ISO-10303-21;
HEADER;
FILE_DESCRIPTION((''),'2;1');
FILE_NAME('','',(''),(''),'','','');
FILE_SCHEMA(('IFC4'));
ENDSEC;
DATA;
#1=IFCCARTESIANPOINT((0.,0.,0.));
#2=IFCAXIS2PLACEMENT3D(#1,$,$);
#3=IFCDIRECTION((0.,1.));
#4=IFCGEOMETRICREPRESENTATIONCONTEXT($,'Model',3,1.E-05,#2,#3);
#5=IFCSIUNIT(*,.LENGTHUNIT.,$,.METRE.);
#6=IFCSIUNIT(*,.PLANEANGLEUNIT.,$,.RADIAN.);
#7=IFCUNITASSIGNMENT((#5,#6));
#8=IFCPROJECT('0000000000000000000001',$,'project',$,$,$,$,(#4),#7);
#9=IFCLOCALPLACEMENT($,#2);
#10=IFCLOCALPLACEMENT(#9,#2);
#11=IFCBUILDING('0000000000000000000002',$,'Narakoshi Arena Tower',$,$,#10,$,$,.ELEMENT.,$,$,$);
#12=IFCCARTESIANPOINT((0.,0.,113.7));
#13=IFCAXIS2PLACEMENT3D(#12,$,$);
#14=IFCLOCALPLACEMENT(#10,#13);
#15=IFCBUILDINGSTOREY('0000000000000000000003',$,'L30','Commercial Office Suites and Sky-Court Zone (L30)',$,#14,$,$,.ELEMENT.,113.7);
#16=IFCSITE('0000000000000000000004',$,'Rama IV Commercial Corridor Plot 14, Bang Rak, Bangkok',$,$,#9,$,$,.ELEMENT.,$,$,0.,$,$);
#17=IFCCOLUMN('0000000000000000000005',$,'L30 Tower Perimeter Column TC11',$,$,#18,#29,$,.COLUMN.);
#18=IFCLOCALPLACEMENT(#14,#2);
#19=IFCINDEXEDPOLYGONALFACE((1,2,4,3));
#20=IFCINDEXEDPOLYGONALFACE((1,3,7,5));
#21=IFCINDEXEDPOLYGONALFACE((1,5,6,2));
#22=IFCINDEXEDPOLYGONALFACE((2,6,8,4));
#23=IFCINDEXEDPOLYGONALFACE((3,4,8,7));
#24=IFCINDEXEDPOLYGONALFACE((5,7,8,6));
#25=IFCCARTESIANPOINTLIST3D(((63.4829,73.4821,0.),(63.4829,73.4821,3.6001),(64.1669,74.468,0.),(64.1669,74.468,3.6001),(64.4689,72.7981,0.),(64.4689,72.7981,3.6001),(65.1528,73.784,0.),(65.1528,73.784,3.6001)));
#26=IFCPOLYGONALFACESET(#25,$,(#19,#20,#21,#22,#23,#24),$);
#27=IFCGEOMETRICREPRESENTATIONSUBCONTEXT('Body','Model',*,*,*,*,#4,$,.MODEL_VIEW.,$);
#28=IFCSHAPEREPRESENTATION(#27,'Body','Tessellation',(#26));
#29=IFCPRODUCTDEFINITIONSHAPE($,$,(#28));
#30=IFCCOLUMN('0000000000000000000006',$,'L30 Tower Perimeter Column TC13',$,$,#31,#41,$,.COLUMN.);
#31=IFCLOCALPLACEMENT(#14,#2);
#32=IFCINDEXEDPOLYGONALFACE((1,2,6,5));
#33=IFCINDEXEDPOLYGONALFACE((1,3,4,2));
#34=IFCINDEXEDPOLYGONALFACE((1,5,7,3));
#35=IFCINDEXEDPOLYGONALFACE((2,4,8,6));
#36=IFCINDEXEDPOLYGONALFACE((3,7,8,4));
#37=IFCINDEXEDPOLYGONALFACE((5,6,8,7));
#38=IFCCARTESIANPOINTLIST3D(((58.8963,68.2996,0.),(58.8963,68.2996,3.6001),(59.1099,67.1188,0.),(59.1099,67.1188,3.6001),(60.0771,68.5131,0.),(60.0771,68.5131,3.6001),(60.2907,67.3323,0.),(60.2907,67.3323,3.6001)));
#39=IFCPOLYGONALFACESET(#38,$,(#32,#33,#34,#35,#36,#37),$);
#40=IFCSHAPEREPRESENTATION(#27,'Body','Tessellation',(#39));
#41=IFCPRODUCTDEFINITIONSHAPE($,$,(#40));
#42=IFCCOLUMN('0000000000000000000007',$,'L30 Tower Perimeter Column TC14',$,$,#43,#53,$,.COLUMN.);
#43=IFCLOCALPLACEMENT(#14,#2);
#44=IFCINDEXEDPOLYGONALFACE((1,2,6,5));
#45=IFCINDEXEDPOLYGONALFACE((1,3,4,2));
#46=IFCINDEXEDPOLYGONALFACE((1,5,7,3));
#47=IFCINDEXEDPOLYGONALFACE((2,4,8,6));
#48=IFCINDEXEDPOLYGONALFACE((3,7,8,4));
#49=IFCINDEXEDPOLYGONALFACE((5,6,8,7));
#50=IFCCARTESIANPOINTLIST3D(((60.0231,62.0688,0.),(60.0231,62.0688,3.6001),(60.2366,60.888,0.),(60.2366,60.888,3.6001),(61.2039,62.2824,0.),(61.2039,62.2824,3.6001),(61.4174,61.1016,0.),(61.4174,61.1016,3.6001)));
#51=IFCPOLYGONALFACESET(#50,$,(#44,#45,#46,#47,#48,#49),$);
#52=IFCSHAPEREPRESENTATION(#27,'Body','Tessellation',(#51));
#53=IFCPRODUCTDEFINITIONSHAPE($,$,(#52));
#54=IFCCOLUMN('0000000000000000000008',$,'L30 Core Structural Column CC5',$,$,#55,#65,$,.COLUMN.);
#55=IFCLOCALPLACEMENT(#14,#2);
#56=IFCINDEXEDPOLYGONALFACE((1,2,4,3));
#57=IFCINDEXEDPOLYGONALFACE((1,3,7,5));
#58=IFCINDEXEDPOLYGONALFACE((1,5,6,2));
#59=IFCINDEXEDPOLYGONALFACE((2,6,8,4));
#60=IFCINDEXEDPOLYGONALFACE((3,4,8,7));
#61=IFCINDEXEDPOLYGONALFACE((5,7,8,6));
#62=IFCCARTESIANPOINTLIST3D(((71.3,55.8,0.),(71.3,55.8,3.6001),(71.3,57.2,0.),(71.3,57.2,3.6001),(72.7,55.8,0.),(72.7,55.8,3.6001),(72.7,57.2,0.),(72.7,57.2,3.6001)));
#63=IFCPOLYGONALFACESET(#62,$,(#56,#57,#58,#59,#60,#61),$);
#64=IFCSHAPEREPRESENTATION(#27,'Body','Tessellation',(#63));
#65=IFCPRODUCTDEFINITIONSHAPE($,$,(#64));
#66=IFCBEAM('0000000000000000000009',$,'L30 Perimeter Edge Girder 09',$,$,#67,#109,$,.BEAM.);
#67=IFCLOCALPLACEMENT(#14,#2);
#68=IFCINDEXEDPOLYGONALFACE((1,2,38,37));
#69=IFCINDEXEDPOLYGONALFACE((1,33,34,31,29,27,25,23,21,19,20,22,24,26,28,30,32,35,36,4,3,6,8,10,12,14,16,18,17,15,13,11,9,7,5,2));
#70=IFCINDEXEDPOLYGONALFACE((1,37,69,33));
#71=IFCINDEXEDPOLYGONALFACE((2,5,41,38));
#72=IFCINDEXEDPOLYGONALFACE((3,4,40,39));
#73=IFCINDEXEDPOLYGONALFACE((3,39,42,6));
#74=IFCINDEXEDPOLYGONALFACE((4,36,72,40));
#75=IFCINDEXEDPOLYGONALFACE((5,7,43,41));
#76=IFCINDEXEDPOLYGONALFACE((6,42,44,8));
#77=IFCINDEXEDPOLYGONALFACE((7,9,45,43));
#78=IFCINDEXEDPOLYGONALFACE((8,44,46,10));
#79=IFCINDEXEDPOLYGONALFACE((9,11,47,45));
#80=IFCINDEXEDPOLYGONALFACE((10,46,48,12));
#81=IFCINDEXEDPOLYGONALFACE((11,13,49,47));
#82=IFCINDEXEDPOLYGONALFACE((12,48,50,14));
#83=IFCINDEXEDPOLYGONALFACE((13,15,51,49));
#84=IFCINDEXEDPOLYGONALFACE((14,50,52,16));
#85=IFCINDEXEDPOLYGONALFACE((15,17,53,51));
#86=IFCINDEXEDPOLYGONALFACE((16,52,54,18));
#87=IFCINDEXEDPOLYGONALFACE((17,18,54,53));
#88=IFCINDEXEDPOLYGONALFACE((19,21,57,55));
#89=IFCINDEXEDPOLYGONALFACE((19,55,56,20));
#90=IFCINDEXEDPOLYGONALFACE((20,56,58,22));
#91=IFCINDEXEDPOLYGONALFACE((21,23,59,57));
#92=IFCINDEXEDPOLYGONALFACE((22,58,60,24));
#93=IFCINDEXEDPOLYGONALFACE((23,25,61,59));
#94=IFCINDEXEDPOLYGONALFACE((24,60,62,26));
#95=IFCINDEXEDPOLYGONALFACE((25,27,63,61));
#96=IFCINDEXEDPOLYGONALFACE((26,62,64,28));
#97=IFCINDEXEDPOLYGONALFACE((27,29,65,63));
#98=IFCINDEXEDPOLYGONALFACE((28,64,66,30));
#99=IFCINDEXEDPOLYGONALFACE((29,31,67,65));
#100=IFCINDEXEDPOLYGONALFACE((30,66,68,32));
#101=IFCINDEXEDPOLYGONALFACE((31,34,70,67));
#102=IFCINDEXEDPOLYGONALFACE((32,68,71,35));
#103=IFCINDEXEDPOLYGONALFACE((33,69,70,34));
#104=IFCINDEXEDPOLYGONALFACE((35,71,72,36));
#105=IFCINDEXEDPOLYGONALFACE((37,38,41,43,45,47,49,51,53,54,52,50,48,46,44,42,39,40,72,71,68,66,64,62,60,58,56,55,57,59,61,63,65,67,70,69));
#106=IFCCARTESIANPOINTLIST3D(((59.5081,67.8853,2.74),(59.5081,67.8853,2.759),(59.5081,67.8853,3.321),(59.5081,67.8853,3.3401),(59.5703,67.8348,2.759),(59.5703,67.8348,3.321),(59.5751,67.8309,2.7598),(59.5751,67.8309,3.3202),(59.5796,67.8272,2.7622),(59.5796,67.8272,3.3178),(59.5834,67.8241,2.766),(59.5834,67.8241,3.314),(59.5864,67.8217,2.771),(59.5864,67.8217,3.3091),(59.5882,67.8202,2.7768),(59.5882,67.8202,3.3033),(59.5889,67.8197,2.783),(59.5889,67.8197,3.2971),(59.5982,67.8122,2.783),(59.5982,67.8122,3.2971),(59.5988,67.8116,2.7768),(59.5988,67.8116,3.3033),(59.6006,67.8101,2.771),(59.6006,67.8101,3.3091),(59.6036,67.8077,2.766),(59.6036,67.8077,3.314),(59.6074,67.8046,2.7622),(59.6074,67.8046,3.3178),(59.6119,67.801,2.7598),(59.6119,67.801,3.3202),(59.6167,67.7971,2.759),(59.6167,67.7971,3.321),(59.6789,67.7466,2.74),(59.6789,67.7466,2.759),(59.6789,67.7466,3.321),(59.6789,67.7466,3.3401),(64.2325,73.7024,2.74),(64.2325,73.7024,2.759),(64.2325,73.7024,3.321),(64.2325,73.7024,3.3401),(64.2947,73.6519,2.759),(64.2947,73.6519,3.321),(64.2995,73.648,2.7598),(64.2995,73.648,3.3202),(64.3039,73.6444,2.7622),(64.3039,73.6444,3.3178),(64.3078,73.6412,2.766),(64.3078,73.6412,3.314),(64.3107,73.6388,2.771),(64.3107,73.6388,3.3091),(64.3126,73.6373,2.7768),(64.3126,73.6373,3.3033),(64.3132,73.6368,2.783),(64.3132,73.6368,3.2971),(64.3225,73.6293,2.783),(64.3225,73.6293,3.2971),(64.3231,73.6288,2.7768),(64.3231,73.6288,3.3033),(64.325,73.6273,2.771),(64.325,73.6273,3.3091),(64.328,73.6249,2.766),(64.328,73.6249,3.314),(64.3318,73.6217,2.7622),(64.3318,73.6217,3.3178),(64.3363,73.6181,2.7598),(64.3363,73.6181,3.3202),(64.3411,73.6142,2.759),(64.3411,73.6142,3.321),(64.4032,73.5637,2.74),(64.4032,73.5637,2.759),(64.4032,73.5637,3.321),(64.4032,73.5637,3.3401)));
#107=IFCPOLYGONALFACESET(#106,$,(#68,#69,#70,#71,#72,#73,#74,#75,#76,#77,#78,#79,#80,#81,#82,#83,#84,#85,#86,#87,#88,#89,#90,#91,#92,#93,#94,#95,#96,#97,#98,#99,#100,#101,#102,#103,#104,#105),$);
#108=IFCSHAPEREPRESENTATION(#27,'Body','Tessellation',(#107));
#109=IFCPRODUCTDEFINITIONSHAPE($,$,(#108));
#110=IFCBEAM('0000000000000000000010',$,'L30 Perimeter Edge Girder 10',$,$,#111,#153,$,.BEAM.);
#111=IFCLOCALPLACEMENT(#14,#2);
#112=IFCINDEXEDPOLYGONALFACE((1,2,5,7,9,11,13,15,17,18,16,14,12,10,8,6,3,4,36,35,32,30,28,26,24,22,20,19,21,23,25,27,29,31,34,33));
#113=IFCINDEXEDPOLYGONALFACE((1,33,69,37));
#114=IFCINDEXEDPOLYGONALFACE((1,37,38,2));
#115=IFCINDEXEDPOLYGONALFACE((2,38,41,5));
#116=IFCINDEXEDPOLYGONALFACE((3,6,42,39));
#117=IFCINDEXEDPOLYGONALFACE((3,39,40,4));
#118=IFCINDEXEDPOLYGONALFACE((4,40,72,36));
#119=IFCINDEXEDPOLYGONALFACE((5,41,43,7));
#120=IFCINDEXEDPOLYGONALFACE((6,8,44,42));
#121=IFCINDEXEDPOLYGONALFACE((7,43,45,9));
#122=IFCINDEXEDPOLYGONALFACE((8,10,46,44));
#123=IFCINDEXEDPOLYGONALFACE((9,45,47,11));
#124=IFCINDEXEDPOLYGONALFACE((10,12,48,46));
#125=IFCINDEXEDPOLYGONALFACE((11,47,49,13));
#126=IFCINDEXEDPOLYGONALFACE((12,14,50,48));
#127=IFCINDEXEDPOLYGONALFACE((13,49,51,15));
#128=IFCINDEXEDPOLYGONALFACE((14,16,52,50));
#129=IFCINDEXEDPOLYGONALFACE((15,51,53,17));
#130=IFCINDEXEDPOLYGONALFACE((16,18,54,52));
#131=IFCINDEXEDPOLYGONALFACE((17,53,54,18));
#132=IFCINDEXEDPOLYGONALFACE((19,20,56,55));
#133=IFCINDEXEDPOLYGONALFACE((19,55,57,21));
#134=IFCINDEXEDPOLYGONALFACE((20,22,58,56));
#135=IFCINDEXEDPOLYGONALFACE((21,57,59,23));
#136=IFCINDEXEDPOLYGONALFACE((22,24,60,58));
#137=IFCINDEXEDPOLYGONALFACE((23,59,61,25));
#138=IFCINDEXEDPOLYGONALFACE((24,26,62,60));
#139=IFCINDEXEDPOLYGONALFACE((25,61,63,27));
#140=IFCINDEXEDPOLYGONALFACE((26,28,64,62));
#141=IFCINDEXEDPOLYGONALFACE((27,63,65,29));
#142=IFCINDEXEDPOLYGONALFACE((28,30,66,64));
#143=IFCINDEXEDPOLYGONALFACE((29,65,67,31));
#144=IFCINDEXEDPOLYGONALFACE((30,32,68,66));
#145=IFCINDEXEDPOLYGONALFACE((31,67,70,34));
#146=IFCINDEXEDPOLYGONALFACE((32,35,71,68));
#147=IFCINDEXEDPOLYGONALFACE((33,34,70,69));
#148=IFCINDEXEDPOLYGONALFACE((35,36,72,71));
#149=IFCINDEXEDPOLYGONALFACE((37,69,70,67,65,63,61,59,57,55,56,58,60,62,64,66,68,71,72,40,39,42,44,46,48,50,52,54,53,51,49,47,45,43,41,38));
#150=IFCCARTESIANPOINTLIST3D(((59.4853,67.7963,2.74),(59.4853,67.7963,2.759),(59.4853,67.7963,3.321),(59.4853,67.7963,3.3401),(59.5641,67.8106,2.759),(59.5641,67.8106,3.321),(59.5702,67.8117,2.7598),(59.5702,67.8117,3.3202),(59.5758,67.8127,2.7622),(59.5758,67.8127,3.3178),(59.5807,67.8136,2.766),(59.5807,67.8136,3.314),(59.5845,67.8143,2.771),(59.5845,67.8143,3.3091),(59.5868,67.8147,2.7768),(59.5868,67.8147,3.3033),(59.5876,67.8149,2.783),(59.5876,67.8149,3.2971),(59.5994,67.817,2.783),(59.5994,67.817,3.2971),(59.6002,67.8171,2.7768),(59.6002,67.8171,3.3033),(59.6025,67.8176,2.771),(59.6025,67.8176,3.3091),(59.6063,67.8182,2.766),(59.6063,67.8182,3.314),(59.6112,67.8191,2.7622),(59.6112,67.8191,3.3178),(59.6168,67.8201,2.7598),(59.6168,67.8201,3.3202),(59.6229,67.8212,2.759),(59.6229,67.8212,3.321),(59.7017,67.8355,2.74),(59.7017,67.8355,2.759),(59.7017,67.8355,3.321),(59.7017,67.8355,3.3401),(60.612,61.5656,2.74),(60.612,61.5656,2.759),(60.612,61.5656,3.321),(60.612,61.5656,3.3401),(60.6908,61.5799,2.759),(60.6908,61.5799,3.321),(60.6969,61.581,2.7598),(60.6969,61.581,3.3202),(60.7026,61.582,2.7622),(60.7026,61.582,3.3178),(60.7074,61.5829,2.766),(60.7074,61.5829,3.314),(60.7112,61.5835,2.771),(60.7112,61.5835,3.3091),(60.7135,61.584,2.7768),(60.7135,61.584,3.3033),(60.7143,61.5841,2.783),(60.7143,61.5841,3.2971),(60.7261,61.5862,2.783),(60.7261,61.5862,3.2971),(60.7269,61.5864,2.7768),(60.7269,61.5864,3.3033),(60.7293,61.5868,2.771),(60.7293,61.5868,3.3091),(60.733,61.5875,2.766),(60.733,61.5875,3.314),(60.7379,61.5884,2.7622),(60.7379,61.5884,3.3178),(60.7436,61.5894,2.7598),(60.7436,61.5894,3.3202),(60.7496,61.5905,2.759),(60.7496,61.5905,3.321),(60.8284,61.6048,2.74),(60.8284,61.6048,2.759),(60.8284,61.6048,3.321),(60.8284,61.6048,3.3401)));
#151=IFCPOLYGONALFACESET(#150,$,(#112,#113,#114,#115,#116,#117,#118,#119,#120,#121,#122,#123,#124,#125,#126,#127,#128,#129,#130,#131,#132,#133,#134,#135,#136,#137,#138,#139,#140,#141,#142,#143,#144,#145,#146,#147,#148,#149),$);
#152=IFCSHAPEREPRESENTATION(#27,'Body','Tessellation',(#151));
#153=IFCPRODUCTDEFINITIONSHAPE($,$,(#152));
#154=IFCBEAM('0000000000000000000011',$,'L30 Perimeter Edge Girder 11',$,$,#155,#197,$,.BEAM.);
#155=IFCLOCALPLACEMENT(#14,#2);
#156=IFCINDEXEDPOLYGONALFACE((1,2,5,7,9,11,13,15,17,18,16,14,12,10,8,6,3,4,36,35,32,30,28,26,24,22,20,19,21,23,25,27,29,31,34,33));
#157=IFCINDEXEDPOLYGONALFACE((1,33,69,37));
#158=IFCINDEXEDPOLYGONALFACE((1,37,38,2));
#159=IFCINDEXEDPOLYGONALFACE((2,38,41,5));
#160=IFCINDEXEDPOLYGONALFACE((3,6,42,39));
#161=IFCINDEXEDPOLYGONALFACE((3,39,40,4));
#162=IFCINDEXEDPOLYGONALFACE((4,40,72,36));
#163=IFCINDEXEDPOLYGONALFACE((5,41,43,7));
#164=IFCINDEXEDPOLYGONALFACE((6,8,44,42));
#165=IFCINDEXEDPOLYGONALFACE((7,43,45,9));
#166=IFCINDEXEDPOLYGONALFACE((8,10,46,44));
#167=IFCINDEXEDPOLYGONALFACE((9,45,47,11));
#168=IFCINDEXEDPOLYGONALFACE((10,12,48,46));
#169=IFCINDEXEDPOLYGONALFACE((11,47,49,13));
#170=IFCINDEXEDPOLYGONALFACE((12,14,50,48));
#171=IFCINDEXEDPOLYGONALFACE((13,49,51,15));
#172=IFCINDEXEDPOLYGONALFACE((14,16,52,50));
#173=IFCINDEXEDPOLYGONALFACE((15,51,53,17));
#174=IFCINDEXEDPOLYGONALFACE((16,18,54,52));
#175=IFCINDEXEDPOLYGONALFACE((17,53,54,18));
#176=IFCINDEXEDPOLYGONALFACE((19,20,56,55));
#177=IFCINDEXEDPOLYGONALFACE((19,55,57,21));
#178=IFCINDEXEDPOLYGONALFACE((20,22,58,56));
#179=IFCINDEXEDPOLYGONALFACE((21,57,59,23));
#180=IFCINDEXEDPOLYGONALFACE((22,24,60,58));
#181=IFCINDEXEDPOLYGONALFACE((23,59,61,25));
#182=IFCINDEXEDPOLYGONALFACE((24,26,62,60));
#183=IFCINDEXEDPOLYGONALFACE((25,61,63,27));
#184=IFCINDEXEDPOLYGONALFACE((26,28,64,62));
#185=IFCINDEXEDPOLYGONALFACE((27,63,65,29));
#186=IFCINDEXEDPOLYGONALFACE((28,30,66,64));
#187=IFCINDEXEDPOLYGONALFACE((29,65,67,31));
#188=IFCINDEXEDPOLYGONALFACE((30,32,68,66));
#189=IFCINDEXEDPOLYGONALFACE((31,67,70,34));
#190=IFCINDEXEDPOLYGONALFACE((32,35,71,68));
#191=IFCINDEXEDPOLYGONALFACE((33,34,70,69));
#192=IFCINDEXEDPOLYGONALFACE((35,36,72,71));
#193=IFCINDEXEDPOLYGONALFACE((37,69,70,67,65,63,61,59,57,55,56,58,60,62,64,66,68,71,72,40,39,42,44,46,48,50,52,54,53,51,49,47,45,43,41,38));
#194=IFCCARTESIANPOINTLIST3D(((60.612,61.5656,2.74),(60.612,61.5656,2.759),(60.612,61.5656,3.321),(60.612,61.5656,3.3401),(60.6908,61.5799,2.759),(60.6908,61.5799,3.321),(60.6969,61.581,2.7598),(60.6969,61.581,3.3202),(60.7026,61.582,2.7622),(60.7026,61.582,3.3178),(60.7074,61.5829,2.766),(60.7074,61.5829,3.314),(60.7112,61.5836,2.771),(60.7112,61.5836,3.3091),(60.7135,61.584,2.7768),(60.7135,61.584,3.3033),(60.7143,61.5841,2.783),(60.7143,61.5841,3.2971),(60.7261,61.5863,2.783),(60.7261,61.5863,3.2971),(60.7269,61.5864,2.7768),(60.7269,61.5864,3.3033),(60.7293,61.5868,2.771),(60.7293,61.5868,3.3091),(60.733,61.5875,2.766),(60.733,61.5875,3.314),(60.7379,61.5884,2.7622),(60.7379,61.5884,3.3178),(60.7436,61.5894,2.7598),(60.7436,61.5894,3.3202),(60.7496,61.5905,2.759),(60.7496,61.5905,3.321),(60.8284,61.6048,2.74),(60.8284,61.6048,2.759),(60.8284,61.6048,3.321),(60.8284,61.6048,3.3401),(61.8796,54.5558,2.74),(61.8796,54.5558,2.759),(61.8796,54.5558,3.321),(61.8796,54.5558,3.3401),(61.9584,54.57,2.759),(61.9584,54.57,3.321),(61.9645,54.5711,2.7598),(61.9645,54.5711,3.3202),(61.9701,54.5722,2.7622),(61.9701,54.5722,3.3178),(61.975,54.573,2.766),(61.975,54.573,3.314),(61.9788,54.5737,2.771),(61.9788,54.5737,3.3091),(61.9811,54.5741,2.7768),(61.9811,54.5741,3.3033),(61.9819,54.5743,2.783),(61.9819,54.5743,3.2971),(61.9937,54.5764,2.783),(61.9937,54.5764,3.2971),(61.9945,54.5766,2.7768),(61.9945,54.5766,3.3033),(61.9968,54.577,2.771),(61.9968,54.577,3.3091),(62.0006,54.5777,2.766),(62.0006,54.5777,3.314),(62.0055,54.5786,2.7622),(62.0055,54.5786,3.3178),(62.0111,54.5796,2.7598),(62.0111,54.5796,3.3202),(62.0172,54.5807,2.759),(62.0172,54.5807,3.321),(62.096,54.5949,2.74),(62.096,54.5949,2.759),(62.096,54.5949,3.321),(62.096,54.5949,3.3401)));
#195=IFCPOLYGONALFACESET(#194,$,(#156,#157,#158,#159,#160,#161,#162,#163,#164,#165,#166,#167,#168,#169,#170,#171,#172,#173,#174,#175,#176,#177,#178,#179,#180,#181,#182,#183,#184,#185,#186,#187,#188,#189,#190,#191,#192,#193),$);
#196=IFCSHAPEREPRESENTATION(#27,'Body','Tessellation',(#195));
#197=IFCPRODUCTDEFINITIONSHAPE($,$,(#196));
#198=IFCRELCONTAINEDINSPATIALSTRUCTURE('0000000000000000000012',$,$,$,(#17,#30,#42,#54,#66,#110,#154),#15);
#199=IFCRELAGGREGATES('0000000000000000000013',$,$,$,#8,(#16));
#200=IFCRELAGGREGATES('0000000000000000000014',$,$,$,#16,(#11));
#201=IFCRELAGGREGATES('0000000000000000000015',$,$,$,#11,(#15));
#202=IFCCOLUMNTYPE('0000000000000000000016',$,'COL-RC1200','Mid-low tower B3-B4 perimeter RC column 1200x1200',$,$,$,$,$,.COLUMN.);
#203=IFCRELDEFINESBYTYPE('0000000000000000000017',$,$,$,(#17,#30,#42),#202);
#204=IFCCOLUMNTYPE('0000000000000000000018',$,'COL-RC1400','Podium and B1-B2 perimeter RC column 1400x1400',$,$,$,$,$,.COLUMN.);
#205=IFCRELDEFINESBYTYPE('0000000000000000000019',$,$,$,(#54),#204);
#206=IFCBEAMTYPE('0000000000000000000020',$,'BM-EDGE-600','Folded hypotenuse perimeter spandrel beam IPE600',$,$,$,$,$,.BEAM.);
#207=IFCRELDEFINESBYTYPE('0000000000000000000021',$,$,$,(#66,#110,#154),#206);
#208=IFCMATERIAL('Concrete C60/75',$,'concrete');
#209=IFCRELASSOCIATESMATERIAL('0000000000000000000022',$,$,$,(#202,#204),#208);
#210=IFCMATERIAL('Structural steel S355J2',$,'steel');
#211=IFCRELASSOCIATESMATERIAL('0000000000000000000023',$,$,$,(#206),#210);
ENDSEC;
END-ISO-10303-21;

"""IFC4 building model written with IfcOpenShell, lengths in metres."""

from ifc_helpers import new_model, si_unit, direction, frame, origin, origin_2d, place, context, subcontext, project, spatial, rectangle, i_section, extrude, material, material_profile, profile_set, type_object, element, save


model = new_model("IFC4")

# Units and contexts
model_context = context("Model", 3, precision=1e-05, world=origin(), true_north=direction((0.0, 1.0)))
body_context = subcontext(model_context, "Body", "Model", "MODEL_VIEW")
ifc_project = project(units=[si_unit("LENGTHUNIT", "METRE"), si_unit("PLANEANGLEUNIT", "RADIAN")], contexts=[model_context])

# Site, building, storey
site_placement = place(None, origin())
site = spatial("IfcSite", under=ifc_project, at=site_placement, Name="Rama IV Commercial Corridor Plot 14, Bang Rak, Bangkok", CompositionType="ELEMENT", RefElevation=0.0)
building_placement = place(site_placement, origin())
building = spatial("IfcBuilding", under=site, at=building_placement, Name="Narakoshi Arena Tower", CompositionType="ELEMENT")
storey_placement = place(building_placement, frame((0.0, 0.0, 113.7)))
storey = spatial("IfcBuildingStorey", under=building, at=storey_placement, Name="L30", Description="Commercial Office Suites and Sky-Court Zone (L30)", CompositionType="ELEMENT", Elevation=113.7)

# Columns
ifc_material_1 = material(Name="Concrete C60/75", Category="concrete")
ifc_material_profile_1 = material_profile(ifc_material_1, rectangle(XDim=1.2, YDim=1.2, at=origin_2d()), Name="RC1200x1200")
ifc_profile_set_1 = profile_set([ifc_material_profile_1], Name="Concrete C60/75")
column_type_1 = type_object("IfcColumnType", Name="COL-RC1200", Description="Mid-low tower B3-B4 perimeter RC column 1200x1200", PredefinedType="COLUMN", material=ifc_profile_set_1)
for number, where, z_axis, x_axis, name in (
    (1, (64.3179, 73.6331, 0.0), (0.0, 0.0, 1.0), (0.569997, 0.821647, 0.0), "L30 Tower Perimeter Column TC11"),
    (2, (59.5935, 67.8159, 0.0), (0.0, 0.0, 1.0), (-0.177944, 0.984041, 0.0), "L30 Tower Perimeter Column TC13"),
    (3, (60.7202, 61.5852, 0.0), (0.0, 0.0, 1.0), (-0.177944, 0.984041, 0.0), "L30 Tower Perimeter Column TC14"),
):
    element("IfcColumn", number, at=place(storey_placement, frame(where, z_axis=z_axis, x_axis=x_axis)), inside=storey, type_object=column_type_1, Name=name, PredefinedType="COLUMN", context=body_context, shape_type="SweptSolid", body=[
        extrude(rectangle(XDim=1.2, YDim=1.2, at=origin_2d()), origin(), (0.0, 0.0, 1.0), 3.6001),
    ])
ifc_material_profile_2 = material_profile(ifc_material_1, rectangle(XDim=1.3999, YDim=1.3999, at=origin_2d()), Name="RC1400x1400")
ifc_profile_set_2 = profile_set([ifc_material_profile_2], Name="Concrete C60/75")
column_type_2 = type_object("IfcColumnType", Name="COL-RC1400", Description="Podium and B1-B2 perimeter RC column 1400x1400", PredefinedType="COLUMN", material=ifc_profile_set_2)
column_placement = place(storey_placement, frame((72.0, 56.5, 0.0), z_axis=(0.0, 0.0, 1.0), x_axis=(1.0, 0.0, 0.0)))
element("IfcColumn", 4, at=column_placement, inside=storey, type_object=column_type_2, Name="L30 Core Structural Column CC5", PredefinedType="COLUMN", context=body_context, shape_type="SweptSolid", body=[
    extrude(rectangle(XDim=1.3999, YDim=1.3999, at=origin_2d()), origin(), (0.0, 0.0, 1.0), 3.6001),
])

# Beams
ifc_material_2 = material(Name="Structural steel S355J2", Category="steel")
ifc_material_profile_3 = material_profile(ifc_material_2, i_section(OverallWidth=0.22, OverallDepth=0.6001, WebThickness=0.012, FlangeThickness=0.019, FilletRadius=0.0239, at=origin_2d()), Name="IPE600")
ifc_profile_set_3 = profile_set([ifc_material_profile_3], Name="Structural steel S355J2")
beam_type_1 = type_object("IfcBeamType", Name="BM-EDGE-600", Description="Folded hypotenuse perimeter spandrel beam IPE600", PredefinedType="BEAM", material=ifc_profile_set_3)
beam_1_placement = place(storey_placement, frame((64.3179, 73.6331, 3.04), z_axis=(-0.630427, -0.776249, 0.0), x_axis=(0.776249, -0.630427, 0.0)))
element("IfcBeam", 5, at=beam_1_placement, inside=storey, type_object=beam_type_1, Name="L30 Perimeter Edge Girder 09", PredefinedType="BEAM", context=body_context, shape_type="SweptSolid", body=[
    extrude(i_section(OverallWidth=0.22, OverallDepth=0.6001, WebThickness=0.012, FlangeThickness=0.019, FilletRadius=0.0239, at=origin_2d()), origin(), (0.0, 0.0, 1.0), 7.4939),
])
beam_2_placement = place(storey_placement, frame((59.5935, 67.8159, 3.04), z_axis=(0.177945, -0.98404, 0.0), x_axis=(0.98404, 0.177945, 0.0)))
element("IfcBeam", 6, at=beam_2_placement, inside=storey, type_object=beam_type_1, Name="L30 Perimeter Edge Girder 10", PredefinedType="BEAM", context=body_context, shape_type="SweptSolid", body=[
    extrude(i_section(OverallWidth=0.22, OverallDepth=0.6001, WebThickness=0.012, FlangeThickness=0.019, FilletRadius=0.0239, at=origin_2d()), origin(), (0.0, 0.0, 1.0), 6.3318),
])
beam_3_placement = place(storey_placement, frame((60.7202, 61.5852, 3.04), z_axis=(0.177944, -0.984041, 0.0), x_axis=(0.984041, 0.177944, 0.0)))
element("IfcBeam", 7, at=beam_3_placement, inside=storey, type_object=beam_type_1, Name="L30 Perimeter Edge Girder 11", PredefinedType="BEAM", context=body_context, shape_type="SweptSolid", body=[
    extrude(i_section(OverallWidth=0.22, OverallDepth=0.6001, WebThickness=0.012, FlangeThickness=0.019, FilletRadius=0.0239, at=origin_2d()), origin(), (0.0, 0.0, 1.0), 7.1235),
])

save(model, "model.ifc")
